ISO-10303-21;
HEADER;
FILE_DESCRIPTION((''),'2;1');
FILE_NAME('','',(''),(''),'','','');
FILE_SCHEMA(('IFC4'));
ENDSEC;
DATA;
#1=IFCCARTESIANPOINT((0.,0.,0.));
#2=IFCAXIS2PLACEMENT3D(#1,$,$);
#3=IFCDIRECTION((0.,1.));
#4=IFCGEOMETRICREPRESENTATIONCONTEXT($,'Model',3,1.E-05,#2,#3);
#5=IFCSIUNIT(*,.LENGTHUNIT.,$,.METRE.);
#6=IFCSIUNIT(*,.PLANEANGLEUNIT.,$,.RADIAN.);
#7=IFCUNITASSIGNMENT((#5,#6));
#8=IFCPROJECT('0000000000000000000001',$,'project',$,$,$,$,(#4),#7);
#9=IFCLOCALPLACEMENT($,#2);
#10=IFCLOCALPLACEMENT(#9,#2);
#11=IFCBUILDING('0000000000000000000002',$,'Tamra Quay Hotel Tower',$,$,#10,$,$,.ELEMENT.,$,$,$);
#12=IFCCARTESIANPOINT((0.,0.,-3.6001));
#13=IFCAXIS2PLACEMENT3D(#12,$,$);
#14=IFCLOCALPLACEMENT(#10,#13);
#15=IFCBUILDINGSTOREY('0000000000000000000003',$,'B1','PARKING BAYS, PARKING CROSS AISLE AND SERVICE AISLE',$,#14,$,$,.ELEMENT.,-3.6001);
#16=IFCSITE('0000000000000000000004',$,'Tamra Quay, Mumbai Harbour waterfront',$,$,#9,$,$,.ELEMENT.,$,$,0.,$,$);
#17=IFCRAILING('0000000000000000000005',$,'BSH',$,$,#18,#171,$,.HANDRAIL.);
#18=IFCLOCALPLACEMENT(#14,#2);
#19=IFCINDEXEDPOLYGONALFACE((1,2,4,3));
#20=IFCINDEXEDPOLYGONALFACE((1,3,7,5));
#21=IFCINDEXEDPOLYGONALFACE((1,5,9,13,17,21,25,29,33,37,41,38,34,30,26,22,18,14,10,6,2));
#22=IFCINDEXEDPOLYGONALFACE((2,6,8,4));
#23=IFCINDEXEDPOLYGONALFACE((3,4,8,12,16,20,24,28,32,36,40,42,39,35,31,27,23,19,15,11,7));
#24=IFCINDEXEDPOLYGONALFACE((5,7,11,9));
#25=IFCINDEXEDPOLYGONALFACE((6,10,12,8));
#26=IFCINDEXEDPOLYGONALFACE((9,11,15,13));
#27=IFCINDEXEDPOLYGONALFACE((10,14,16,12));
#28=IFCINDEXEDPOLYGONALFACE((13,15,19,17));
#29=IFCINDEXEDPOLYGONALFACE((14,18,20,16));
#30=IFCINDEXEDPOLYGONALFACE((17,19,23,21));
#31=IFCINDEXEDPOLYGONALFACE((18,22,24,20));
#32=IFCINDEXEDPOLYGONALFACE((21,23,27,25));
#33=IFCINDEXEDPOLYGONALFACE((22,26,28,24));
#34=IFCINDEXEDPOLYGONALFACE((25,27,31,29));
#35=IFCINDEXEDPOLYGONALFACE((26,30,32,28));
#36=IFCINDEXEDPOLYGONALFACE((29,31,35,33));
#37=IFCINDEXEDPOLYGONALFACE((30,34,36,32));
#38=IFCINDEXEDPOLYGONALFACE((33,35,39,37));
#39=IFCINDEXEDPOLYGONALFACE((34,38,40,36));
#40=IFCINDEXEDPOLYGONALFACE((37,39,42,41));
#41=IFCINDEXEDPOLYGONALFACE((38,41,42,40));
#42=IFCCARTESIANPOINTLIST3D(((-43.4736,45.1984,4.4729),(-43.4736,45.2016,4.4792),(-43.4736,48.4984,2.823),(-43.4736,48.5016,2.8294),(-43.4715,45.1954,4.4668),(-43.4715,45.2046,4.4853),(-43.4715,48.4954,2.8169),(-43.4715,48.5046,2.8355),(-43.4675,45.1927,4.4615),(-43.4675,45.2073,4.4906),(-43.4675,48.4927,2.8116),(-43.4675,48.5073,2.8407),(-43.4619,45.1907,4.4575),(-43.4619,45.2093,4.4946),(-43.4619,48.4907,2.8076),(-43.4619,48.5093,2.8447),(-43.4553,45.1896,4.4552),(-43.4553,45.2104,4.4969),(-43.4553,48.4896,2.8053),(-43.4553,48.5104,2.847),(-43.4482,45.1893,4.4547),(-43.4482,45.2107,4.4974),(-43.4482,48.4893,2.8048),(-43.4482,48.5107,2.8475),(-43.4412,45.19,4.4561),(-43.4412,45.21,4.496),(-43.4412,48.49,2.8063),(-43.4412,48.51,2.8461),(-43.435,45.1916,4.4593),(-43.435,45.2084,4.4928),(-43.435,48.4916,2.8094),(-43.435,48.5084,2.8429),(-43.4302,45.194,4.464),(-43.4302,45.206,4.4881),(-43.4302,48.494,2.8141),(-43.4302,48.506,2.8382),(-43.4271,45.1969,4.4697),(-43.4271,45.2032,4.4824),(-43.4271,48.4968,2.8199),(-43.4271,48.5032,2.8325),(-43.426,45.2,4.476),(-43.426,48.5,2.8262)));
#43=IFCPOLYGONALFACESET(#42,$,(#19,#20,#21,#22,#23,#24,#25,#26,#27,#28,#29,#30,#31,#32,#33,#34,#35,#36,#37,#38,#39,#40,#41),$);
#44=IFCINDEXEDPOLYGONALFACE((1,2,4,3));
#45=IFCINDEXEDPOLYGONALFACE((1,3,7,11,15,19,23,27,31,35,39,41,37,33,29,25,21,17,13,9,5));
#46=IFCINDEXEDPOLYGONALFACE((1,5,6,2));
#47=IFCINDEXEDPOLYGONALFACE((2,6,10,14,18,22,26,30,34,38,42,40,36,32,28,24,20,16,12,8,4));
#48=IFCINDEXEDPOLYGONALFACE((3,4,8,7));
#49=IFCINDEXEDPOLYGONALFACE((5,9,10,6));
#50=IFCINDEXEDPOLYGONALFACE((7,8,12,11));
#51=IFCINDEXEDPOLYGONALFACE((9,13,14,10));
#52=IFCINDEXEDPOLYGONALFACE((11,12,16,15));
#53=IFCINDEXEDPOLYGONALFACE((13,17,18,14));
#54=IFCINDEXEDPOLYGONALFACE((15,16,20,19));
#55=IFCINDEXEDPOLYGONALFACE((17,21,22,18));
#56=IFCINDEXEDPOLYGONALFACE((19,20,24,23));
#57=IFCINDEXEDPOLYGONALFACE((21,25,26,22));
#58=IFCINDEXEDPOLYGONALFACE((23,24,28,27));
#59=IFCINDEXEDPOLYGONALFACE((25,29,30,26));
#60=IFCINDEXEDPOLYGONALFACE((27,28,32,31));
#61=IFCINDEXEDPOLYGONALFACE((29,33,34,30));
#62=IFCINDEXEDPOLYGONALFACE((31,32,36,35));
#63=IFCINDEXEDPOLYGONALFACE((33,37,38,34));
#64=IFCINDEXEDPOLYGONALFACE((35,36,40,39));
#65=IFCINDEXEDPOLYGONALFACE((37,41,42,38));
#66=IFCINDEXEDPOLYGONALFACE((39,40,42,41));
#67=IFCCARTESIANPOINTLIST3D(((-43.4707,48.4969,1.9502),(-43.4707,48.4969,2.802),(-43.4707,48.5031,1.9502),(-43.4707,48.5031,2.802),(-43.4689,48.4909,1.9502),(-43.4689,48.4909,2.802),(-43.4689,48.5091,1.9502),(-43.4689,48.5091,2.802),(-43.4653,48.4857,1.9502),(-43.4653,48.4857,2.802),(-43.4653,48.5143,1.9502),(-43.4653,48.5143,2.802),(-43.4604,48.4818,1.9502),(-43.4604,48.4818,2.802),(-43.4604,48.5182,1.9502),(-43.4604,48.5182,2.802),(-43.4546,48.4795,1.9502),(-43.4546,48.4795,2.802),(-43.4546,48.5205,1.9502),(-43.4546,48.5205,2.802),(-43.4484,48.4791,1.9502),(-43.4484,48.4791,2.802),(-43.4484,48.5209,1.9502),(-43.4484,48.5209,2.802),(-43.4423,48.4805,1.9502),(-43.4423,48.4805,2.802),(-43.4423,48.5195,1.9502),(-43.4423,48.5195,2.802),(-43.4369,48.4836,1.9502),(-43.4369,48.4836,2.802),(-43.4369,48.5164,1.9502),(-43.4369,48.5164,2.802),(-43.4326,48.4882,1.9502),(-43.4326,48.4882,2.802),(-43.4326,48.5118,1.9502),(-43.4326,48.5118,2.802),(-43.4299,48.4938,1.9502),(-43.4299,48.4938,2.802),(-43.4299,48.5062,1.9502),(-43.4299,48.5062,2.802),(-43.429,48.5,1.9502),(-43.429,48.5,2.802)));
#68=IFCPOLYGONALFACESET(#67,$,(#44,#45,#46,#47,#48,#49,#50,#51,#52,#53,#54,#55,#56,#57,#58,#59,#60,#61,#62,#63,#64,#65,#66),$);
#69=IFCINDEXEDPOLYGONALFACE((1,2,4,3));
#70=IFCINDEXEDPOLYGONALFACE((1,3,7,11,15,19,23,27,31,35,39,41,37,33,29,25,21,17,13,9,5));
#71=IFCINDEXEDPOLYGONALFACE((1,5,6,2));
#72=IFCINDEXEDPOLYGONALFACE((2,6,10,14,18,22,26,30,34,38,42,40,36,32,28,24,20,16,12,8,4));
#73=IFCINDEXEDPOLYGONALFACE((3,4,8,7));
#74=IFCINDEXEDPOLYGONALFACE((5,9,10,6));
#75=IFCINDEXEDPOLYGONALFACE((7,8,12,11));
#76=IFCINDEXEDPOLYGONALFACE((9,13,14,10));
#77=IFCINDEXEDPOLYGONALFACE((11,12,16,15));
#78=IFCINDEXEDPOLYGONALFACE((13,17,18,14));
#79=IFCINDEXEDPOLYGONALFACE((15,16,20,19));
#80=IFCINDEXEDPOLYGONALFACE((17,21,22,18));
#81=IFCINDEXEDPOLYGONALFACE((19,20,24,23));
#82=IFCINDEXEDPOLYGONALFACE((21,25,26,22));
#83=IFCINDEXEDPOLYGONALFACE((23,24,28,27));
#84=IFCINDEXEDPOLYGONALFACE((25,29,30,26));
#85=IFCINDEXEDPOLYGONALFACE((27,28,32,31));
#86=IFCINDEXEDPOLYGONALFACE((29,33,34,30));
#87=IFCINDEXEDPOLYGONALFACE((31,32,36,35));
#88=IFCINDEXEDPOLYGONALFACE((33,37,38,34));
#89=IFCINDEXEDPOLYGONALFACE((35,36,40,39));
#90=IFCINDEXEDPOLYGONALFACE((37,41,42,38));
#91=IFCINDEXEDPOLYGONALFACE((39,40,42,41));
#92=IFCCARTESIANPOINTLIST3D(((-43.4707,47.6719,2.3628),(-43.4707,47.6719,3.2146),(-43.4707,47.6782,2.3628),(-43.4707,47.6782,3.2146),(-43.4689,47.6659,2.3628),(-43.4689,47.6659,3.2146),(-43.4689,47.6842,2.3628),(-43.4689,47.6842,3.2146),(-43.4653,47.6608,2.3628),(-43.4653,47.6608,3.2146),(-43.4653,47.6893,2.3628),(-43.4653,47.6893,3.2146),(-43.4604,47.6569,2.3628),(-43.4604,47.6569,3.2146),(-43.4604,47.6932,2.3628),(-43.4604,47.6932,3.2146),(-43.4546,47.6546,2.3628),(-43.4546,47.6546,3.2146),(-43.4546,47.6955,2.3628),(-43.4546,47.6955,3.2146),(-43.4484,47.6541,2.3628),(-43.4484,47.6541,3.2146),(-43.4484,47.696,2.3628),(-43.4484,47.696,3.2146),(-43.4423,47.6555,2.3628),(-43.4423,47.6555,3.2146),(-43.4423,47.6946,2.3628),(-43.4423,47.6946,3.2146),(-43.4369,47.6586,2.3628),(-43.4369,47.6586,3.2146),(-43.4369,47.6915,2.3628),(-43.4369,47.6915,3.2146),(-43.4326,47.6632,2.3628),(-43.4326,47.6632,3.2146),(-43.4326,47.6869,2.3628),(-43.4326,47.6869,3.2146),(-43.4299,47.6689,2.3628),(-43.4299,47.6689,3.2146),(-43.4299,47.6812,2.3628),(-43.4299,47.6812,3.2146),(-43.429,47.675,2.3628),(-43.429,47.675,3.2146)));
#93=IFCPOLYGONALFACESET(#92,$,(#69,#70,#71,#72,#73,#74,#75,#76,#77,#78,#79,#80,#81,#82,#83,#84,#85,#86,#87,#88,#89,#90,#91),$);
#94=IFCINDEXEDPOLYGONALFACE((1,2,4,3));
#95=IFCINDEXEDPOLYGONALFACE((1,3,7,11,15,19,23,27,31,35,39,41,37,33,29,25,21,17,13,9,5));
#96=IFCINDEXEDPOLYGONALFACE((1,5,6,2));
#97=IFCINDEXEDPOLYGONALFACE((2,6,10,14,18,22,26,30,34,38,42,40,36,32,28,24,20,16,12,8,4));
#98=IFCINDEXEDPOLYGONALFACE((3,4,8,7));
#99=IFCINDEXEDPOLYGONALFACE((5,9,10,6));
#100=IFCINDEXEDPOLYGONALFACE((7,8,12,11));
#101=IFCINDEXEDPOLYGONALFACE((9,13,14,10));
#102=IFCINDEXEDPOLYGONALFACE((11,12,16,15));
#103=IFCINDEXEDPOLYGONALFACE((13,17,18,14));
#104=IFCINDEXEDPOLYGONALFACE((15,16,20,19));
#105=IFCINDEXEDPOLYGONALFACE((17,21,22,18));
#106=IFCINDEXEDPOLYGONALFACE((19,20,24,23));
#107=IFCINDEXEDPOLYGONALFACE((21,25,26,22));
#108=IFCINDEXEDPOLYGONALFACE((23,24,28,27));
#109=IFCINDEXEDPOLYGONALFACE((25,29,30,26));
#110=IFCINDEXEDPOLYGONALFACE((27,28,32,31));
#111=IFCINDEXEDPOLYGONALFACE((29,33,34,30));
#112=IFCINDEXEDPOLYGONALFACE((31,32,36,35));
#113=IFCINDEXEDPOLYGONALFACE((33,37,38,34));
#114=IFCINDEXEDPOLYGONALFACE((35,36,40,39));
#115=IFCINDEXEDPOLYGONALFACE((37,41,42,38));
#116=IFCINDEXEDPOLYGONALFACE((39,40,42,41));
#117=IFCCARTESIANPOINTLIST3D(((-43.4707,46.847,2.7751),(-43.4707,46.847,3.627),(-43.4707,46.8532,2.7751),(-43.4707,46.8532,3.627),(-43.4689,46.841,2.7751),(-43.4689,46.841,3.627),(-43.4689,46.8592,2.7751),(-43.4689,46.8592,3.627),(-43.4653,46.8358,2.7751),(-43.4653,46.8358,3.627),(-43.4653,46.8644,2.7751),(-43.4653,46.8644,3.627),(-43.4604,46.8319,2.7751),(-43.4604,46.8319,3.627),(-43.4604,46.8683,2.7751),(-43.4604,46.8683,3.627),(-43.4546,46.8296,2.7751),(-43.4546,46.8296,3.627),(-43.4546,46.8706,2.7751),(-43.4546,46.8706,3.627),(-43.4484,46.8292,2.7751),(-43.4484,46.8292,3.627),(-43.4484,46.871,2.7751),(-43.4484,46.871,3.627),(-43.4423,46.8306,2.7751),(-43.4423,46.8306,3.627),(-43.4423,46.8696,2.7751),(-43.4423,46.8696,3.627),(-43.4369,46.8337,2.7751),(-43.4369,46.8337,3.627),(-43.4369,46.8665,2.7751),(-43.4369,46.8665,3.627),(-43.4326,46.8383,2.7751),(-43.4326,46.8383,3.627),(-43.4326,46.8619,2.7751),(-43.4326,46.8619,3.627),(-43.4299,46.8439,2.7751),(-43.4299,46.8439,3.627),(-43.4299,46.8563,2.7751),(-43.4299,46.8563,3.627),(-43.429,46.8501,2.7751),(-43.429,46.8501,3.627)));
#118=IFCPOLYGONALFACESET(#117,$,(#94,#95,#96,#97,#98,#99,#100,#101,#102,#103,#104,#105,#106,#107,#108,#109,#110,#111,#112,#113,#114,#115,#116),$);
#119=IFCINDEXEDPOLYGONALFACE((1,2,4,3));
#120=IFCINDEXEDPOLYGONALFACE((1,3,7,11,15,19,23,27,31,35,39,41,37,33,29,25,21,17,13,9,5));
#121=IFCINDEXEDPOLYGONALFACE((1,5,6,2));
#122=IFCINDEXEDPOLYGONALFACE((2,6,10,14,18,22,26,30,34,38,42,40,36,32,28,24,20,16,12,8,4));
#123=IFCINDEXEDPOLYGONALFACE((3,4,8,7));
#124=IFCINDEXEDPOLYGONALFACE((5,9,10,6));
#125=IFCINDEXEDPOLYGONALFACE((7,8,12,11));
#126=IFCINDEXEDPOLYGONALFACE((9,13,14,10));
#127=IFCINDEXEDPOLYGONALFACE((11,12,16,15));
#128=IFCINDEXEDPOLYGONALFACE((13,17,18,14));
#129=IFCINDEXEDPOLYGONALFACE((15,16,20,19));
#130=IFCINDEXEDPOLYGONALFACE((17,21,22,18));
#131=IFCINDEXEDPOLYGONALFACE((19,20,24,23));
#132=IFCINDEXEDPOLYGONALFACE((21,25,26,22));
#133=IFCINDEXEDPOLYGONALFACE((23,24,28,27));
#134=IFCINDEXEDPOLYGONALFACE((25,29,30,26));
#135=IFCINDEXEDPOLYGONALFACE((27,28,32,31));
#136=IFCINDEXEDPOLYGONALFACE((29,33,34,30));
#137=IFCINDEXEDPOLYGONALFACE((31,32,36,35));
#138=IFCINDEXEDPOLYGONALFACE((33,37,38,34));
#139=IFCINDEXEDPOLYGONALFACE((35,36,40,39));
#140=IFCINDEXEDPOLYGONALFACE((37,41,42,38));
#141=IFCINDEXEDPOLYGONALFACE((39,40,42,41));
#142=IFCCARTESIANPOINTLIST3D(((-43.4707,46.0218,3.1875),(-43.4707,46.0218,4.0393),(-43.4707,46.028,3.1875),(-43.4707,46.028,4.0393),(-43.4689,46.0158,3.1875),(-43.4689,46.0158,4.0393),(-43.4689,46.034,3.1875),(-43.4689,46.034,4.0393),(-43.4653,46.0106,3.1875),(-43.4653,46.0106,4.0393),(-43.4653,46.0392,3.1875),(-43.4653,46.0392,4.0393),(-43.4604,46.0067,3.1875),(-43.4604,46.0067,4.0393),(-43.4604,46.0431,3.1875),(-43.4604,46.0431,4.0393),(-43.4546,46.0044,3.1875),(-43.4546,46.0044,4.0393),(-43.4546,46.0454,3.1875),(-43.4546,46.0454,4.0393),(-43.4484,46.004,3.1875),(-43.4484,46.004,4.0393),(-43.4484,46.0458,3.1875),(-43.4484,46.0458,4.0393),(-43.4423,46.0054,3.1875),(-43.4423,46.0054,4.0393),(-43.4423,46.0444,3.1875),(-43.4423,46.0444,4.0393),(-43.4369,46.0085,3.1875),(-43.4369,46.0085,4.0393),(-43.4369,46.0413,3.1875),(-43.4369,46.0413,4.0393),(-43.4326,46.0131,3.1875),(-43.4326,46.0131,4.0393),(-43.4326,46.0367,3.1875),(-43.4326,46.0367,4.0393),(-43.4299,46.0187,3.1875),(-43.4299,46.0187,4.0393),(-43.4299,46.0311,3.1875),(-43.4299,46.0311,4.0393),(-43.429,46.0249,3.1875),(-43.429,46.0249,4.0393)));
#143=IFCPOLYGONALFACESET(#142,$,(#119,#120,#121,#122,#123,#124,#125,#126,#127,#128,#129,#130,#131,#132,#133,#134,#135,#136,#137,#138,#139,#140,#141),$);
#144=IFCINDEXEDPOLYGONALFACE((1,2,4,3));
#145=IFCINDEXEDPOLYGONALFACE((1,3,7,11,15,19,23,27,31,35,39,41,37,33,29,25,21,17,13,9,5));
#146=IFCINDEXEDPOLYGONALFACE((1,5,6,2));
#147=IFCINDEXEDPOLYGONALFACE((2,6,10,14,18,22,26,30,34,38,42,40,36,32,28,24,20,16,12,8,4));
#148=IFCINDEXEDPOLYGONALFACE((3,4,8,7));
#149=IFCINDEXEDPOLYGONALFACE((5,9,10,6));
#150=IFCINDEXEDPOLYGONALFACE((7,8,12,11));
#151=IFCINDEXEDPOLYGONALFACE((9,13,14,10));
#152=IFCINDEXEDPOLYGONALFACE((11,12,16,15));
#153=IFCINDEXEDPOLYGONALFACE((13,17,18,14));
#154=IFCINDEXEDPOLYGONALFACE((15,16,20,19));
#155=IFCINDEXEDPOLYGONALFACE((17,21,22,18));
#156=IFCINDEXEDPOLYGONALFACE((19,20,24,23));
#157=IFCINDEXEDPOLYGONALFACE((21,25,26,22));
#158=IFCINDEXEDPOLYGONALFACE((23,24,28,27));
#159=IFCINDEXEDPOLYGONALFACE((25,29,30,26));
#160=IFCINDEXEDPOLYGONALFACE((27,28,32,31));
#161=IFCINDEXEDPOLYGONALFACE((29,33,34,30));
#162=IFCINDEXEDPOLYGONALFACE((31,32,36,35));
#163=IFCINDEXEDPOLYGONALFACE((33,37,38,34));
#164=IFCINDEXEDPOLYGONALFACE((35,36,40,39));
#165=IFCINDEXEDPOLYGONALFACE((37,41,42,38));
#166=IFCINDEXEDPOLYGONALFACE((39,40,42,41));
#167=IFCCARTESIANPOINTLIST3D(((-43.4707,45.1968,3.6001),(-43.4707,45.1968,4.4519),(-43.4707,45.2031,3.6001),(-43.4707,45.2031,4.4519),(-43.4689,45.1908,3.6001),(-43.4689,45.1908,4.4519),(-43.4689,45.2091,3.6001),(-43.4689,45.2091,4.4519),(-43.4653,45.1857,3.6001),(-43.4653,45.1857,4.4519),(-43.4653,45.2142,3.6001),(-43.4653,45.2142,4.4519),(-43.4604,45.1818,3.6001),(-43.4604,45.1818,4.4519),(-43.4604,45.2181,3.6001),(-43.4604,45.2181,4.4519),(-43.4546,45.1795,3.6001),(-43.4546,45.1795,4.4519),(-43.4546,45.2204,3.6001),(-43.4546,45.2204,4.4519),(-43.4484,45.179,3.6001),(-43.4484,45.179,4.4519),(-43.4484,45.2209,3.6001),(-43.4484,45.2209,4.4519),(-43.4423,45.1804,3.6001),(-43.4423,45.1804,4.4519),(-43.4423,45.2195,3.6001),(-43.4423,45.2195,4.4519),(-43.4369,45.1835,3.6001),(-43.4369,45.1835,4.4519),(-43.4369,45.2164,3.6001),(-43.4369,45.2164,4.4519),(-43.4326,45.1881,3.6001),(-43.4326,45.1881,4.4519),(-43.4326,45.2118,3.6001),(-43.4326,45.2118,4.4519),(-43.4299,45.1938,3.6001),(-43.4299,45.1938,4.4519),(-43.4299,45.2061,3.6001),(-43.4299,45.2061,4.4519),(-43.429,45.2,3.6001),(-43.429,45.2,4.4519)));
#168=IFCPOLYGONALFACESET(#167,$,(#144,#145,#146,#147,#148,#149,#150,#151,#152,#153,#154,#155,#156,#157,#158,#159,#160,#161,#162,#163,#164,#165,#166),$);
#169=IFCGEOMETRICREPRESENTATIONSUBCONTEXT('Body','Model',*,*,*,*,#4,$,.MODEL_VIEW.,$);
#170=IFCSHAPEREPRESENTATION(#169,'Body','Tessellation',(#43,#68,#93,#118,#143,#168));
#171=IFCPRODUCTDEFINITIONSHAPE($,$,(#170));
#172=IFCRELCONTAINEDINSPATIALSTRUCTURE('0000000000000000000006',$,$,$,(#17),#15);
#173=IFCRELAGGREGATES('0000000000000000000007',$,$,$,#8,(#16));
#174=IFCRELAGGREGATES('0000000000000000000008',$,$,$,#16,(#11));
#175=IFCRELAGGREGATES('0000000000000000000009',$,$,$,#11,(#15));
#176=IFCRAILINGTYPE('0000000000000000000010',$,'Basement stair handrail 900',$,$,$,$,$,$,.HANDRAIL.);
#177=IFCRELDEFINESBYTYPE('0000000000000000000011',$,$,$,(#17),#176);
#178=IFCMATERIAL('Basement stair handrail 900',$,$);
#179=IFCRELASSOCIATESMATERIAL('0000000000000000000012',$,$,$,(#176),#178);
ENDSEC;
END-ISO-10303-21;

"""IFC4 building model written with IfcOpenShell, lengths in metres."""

from ifc_helpers import new_model, si_unit, direction, frame, origin, origin_2d, place, context, subcontext, project, spatial, circle, extrude, material, type_object, element, save


model = new_model("IFC4")

# Units and contexts
model_context = context("Model", 3, precision=1e-05, world=origin(), true_north=direction((0.0, 1.0)))
body_context = subcontext(model_context, "Body", "Model", "MODEL_VIEW")
ifc_project = project(units=[si_unit("LENGTHUNIT", "METRE"), si_unit("PLANEANGLEUNIT", "RADIAN")], contexts=[model_context])

# Site, building, storey
site_placement = place(None, origin())
site = spatial("IfcSite", under=ifc_project, at=site_placement, Name="Tamra Quay, Mumbai Harbour waterfront", CompositionType="ELEMENT", RefElevation=0.0)
building_placement = place(site_placement, origin())
building = spatial("IfcBuilding", under=site, at=building_placement, Name="Tamra Quay Hotel Tower", CompositionType="ELEMENT")
storey_placement = place(building_placement, frame((0.0, 0.0, -3.6001)))
storey = spatial("IfcBuildingStorey", under=building, at=storey_placement, Name="B1", Description="PARKING BAYS, PARKING CROSS AISLE AND SERVICE AISLE", CompositionType="ELEMENT", Elevation=-3.6001)

# Railing
ifc_material_1 = material(Name="Basement stair handrail 900")
railing_type_1 = type_object("IfcRailingType", Name="Basement stair handrail 900", PredefinedType="HANDRAIL", material=ifc_material_1)
for number, where, name in (
    (1, (-43.45, 48.5, 1.9502), "BSH"),
):
    element("IfcRailing", number, at=place(storey_placement, frame(where)), inside=storey, type_object=railing_type_1, Name=name, PredefinedType="HANDRAIL", context=body_context, shape_type="SweptSolid", body=[
        extrude(circle(Radius=0.0239, at=origin_2d()), frame((0.0, 0.0, 0.876), z_axis=(0.0, -0.89444, 0.447187), x_axis=(1.0, 0.0, 0.0)), (0.0, 0.0, 1.0), 3.6895),
        extrude(circle(Radius=0.021, at=origin_2d()), origin(), (0.0, 0.0, 1.0), 0.8518),
        extrude(circle(Radius=0.021, at=origin_2d()), frame((0.0, -0.825, 0.4126)), (0.0, 0.0, 1.0), 0.8518),
        extrude(circle(Radius=0.021, at=origin_2d()), frame((0.0, -1.6499, 0.825)), (0.0, 0.0, 1.0), 0.8518),
        extrude(circle(Radius=0.021, at=origin_2d()), frame((0.0, -2.4751, 1.2373)), (0.0, 0.0, 1.0), 0.8518),
        extrude(circle(Radius=0.021, at=origin_2d()), frame((0.0, -3.3, 1.6499)), (0.0, 0.0, 1.0), 0.8518),
    ])

save(model, "model.ifc")
